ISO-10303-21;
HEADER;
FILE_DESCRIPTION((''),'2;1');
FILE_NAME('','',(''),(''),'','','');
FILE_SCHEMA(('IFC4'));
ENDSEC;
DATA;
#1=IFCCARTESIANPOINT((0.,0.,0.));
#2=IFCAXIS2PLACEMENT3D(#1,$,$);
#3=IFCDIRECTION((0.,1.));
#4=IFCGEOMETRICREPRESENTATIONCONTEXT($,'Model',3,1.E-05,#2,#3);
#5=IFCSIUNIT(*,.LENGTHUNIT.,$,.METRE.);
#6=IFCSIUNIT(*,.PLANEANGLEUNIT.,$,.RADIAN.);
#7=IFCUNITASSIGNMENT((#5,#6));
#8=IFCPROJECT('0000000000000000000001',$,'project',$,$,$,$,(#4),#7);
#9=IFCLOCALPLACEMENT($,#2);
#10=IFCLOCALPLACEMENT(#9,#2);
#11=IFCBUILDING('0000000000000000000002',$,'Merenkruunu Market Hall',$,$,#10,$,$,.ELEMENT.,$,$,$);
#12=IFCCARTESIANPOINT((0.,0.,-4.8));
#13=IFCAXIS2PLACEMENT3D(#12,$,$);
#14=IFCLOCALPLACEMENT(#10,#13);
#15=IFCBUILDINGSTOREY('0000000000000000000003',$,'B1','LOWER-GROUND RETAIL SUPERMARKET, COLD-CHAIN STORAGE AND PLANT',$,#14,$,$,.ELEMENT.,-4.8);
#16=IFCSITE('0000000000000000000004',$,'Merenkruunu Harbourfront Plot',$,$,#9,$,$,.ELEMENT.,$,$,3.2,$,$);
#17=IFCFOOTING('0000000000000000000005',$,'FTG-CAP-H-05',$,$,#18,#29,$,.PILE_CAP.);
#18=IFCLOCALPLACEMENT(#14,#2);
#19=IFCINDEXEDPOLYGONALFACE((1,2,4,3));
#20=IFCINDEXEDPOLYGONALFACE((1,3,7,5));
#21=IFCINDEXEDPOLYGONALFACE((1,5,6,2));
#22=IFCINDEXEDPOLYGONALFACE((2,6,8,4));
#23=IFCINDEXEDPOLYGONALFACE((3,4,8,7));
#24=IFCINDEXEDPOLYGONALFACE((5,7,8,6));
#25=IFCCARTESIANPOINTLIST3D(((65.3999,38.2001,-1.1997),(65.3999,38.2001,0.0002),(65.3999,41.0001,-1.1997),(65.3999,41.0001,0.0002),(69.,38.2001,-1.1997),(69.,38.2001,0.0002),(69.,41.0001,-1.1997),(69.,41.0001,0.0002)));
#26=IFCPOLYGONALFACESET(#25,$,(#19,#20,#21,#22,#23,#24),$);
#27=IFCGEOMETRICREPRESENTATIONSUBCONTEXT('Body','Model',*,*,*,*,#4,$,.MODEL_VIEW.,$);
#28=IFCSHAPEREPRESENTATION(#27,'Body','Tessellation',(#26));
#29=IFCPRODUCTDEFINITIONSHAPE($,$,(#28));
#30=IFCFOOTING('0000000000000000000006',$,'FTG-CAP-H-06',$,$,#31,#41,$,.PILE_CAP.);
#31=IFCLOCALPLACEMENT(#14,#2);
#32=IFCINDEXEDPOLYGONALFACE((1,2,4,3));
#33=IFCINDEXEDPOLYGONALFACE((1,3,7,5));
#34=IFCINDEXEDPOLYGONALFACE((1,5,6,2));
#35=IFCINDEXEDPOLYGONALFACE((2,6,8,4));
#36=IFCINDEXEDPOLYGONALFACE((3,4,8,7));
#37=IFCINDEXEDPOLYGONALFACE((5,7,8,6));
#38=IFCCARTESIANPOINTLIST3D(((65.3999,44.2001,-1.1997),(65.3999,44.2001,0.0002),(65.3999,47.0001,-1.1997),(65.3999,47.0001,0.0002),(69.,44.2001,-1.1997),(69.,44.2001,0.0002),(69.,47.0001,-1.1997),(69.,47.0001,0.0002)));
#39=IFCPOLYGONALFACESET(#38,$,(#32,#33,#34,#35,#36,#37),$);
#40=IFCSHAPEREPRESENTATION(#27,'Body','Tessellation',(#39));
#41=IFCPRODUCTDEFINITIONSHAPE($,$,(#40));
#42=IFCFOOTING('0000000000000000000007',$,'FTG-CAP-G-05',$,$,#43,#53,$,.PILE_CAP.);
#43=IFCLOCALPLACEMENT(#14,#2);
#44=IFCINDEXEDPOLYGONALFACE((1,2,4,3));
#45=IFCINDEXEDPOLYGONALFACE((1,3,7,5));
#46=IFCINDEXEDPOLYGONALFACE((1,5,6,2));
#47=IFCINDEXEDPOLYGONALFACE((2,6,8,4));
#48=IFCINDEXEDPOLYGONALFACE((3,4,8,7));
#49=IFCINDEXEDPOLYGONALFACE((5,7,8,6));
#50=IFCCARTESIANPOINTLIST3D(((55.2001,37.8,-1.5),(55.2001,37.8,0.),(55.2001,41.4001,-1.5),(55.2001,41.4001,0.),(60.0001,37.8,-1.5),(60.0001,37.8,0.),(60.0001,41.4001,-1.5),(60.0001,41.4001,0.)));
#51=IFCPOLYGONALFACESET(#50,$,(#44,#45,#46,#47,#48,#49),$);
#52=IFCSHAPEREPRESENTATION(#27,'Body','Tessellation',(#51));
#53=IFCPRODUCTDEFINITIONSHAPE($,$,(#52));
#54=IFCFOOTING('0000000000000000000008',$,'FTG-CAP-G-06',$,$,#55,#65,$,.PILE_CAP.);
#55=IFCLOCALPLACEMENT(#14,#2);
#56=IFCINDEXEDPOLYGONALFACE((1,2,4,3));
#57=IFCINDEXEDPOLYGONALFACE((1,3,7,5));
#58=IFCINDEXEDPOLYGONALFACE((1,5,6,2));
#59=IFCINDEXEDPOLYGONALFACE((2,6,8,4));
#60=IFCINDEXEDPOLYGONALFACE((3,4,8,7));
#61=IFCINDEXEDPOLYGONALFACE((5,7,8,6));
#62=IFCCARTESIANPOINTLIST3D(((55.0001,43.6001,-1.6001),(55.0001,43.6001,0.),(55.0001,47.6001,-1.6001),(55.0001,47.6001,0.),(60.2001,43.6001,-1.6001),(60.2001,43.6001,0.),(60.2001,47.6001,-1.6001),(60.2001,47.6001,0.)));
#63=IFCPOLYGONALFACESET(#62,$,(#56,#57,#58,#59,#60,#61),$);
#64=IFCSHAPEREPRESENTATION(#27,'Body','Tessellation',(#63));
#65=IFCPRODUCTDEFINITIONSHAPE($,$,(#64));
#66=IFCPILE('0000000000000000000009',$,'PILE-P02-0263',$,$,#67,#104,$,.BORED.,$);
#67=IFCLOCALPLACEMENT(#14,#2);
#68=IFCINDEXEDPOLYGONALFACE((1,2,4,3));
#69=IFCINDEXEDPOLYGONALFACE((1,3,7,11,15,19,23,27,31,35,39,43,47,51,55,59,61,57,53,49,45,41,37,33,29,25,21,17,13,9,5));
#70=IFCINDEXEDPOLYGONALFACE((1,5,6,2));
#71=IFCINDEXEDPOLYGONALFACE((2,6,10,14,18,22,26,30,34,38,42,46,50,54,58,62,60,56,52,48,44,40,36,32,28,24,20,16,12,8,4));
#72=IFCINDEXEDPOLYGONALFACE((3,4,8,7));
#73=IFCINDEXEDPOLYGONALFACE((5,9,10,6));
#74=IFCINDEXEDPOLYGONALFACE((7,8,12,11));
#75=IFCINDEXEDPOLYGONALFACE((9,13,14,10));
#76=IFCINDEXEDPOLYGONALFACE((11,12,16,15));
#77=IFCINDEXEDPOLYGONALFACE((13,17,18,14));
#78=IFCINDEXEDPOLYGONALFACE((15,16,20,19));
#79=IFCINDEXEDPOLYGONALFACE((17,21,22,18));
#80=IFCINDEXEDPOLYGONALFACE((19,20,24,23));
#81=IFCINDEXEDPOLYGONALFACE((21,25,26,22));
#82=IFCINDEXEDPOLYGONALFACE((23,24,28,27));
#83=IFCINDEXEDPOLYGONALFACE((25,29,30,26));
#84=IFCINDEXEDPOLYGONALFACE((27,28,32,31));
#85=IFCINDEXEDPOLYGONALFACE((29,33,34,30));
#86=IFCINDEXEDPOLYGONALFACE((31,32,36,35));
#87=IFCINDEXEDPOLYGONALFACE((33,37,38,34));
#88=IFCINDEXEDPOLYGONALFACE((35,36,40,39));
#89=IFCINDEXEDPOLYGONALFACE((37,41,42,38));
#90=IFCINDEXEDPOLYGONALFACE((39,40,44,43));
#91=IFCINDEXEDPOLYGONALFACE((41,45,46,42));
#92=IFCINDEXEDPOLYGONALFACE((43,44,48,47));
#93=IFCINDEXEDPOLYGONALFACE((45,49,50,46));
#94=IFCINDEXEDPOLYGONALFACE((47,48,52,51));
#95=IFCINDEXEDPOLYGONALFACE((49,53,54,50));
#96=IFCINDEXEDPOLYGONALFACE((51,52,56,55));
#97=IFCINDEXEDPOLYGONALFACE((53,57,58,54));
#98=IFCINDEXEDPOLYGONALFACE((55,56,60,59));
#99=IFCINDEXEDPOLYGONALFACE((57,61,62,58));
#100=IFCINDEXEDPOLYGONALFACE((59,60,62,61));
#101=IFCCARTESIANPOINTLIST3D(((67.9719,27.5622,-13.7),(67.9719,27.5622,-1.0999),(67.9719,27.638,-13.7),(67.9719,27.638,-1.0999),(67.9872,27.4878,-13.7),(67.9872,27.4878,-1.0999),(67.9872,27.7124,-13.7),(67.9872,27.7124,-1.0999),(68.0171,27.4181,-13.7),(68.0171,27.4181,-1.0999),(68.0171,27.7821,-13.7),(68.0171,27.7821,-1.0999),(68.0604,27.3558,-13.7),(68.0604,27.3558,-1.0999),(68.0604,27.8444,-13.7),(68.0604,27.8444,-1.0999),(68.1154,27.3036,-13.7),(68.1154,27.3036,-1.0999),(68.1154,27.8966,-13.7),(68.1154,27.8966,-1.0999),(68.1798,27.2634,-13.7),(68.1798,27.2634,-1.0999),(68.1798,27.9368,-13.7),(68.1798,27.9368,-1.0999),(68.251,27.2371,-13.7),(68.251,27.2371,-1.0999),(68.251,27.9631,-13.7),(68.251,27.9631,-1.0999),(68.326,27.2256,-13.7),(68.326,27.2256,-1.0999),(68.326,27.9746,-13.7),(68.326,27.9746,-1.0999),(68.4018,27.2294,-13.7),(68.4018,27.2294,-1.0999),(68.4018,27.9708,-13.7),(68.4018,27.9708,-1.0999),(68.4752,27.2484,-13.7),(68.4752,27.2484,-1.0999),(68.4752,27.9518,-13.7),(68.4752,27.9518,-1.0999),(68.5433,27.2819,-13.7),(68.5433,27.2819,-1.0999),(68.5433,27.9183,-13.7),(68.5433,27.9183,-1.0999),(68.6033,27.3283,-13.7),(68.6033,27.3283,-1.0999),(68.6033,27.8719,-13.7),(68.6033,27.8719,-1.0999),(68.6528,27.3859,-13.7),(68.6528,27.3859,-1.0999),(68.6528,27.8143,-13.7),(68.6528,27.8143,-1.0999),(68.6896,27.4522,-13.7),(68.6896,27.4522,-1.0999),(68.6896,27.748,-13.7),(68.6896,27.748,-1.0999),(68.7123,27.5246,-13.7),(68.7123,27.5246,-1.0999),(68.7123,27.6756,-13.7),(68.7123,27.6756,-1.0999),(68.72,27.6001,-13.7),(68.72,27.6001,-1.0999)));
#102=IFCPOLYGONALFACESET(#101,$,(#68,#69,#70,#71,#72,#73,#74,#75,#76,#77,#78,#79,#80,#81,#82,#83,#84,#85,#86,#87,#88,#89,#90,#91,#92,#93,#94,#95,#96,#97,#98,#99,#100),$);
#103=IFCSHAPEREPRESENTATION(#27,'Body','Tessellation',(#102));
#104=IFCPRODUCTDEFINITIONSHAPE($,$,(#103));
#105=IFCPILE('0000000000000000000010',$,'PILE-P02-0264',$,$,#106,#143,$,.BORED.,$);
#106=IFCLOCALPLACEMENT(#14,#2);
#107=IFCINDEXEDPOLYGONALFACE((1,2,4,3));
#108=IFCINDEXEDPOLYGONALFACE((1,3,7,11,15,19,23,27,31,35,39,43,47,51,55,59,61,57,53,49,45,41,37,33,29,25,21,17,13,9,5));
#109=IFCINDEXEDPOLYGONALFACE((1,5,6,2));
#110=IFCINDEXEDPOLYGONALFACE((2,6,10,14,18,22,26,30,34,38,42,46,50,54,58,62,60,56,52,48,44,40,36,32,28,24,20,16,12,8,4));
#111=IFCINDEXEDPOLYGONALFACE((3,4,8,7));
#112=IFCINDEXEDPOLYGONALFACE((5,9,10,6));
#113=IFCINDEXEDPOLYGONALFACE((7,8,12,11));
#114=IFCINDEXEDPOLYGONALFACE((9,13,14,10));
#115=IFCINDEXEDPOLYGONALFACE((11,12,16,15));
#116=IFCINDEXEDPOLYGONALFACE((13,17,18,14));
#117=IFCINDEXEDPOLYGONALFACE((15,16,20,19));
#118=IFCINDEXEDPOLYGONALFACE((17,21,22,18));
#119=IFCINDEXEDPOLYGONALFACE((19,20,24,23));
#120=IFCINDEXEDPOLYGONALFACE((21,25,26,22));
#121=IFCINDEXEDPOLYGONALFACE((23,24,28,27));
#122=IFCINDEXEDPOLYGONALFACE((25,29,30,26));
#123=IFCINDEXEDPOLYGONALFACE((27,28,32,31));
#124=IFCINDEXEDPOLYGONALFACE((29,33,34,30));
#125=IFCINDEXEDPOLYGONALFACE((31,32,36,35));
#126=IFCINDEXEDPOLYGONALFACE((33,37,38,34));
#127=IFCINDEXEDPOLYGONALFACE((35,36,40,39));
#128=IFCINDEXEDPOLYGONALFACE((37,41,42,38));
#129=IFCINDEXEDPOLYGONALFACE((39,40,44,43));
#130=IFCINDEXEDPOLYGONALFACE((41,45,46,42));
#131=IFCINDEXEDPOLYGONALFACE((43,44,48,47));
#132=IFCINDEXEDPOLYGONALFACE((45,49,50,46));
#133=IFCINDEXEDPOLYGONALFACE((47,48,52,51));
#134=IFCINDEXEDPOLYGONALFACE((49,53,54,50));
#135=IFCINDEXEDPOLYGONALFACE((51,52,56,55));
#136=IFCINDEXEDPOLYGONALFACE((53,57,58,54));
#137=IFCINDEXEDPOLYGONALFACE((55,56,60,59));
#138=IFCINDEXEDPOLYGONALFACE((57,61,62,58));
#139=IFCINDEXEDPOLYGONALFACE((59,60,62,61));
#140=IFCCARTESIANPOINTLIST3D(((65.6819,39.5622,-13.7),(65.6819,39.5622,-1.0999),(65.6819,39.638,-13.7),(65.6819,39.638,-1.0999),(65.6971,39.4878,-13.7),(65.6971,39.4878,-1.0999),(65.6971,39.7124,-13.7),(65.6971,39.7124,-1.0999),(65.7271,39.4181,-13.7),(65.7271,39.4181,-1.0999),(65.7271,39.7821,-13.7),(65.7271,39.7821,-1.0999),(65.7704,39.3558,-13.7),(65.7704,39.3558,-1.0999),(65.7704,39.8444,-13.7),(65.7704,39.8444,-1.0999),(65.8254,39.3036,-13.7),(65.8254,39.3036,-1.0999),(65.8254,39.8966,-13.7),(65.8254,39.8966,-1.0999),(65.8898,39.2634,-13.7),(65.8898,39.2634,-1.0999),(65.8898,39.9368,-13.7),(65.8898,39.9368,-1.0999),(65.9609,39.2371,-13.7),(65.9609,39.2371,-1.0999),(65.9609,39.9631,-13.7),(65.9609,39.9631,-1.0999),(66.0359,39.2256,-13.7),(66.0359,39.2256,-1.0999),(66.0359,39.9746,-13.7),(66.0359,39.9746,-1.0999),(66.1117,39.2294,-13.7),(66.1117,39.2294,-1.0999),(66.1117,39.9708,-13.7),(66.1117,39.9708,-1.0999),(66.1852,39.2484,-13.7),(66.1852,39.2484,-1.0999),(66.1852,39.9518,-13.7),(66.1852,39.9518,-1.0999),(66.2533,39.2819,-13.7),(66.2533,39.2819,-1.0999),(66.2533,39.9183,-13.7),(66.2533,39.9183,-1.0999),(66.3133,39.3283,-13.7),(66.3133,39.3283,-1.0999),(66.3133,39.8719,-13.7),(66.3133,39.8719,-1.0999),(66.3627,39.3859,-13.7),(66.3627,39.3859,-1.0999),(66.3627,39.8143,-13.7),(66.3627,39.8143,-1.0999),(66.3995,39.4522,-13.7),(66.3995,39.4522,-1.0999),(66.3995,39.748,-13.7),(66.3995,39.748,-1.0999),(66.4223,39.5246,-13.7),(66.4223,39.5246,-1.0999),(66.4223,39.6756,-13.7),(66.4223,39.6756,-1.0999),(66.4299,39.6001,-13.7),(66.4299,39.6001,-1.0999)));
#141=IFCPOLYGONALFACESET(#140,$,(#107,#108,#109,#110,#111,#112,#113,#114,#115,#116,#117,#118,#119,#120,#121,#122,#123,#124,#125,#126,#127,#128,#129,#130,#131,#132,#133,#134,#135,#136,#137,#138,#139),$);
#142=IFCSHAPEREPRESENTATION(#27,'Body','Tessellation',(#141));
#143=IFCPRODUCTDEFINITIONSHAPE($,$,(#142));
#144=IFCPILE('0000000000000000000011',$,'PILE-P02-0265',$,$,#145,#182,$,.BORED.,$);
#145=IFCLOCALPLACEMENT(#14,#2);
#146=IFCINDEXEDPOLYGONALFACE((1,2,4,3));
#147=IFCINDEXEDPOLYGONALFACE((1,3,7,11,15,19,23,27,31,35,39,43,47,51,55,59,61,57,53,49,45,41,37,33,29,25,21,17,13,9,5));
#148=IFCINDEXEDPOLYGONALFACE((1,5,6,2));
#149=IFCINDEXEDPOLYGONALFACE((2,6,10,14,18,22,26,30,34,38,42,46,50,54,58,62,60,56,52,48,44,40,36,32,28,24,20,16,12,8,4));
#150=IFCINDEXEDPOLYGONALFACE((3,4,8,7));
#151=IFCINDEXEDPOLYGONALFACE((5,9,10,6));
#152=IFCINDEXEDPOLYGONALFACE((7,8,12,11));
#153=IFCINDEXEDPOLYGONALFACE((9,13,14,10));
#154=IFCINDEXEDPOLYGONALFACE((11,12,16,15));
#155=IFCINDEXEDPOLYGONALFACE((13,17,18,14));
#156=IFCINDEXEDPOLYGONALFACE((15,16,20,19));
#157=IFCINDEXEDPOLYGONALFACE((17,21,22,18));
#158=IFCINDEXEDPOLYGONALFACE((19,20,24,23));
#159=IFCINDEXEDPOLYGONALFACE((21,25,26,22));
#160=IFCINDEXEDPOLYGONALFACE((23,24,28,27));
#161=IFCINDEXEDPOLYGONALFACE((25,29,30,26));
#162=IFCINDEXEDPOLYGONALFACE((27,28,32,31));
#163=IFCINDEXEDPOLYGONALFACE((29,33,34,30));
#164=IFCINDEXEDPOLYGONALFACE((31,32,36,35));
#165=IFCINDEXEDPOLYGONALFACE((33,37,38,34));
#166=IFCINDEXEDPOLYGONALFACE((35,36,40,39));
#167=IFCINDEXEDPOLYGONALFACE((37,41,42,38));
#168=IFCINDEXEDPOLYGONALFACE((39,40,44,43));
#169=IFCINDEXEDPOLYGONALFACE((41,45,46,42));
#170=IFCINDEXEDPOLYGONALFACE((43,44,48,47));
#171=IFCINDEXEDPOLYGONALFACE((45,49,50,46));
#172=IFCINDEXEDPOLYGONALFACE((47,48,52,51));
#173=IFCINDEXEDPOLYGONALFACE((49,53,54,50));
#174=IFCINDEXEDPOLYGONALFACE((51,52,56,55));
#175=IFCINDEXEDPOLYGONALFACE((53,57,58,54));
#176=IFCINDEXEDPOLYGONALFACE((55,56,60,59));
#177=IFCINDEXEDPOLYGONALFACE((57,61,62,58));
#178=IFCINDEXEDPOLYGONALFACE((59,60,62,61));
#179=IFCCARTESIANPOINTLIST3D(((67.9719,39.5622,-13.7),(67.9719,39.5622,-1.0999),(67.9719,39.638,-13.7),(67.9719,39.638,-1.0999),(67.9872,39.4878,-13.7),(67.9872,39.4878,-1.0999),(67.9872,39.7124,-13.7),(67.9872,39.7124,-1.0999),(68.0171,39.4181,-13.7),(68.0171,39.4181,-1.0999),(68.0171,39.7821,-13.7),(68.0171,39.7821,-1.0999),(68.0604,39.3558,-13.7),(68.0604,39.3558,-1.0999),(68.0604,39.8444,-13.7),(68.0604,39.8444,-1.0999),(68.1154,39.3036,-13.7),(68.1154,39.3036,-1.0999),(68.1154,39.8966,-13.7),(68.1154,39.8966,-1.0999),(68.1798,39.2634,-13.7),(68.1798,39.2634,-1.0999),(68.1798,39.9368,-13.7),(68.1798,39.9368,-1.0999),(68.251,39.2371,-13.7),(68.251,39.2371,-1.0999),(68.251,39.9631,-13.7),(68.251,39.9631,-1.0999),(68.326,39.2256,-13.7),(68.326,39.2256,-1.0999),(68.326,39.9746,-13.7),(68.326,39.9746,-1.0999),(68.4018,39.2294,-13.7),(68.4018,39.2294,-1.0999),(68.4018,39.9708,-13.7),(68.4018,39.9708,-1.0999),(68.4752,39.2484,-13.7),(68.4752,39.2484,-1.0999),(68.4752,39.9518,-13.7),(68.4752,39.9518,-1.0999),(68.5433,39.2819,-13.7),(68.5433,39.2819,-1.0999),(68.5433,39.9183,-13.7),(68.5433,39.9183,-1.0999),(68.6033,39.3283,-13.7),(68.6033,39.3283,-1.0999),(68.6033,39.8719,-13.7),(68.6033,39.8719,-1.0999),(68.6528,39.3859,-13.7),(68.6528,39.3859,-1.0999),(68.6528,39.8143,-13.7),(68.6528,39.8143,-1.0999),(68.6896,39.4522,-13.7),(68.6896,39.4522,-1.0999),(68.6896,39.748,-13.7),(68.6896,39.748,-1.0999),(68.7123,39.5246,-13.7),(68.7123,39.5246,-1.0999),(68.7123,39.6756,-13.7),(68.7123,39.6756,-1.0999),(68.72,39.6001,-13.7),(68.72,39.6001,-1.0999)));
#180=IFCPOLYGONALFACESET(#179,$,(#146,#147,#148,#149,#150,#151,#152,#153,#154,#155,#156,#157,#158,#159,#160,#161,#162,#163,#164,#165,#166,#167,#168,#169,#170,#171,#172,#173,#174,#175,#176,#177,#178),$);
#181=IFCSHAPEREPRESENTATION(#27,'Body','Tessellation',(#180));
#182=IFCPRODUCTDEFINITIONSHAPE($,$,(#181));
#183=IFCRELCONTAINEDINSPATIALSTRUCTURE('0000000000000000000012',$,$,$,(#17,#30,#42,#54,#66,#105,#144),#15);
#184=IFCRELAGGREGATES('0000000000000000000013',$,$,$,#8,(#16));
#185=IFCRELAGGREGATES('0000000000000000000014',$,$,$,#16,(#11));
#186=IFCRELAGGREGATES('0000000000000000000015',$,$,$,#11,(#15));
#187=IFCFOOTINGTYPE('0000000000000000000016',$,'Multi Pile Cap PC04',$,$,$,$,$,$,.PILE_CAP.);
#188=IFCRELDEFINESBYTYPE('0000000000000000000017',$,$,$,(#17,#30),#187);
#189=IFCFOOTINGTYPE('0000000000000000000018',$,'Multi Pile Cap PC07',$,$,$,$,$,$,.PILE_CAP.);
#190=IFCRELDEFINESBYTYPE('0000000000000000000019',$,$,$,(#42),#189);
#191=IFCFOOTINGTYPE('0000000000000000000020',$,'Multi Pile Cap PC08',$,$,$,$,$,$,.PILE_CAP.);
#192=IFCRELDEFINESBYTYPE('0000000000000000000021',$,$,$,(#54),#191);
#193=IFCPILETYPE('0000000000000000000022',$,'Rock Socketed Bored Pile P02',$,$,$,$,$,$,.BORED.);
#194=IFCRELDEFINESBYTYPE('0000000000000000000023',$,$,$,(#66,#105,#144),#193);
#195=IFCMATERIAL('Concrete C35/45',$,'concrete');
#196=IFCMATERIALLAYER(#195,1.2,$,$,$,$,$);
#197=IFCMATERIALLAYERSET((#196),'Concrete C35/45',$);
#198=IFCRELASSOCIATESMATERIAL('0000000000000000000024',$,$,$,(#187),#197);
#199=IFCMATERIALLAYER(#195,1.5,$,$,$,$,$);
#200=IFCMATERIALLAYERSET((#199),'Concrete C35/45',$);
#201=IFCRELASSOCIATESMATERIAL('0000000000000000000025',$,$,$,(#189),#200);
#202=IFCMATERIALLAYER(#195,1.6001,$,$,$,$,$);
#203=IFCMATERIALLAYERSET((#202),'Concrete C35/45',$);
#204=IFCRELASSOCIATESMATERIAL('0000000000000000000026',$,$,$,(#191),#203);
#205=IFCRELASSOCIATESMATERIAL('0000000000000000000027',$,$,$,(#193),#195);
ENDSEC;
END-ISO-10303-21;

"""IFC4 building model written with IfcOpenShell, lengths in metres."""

from ifc_helpers import new_model, si_unit, direction, frame, origin, origin_2d, place, context, subcontext, project, spatial, rectangle, circle, extrude, material, layer, layer_set, material_profile, profile_set, type_object, element, save


model = new_model("IFC4")

# Units and contexts
model_context = context("Model", 3, precision=1e-05, world=origin(), true_north=direction((0.0, 1.0)))
body_context = subcontext(model_context, "Body", "Model", "MODEL_VIEW")
ifc_project = project(units=[si_unit("LENGTHUNIT", "METRE"), si_unit("PLANEANGLEUNIT", "RADIAN")], contexts=[model_context])

# Site, building, storey
site_placement = place(None, origin())
site = spatial("IfcSite", under=ifc_project, at=site_placement, Name="Merenkruunu Harbourfront Plot", CompositionType="ELEMENT", RefElevation=3.2)
building_placement = place(site_placement, origin())
building = spatial("IfcBuilding", under=site, at=building_placement, Name="Merenkruunu Market Hall", CompositionType="ELEMENT")
storey_placement = place(building_placement, frame((0.0, 0.0, -4.8)))
storey = spatial("IfcBuildingStorey", under=building, at=storey_placement, Name="B1", Description="LOWER-GROUND RETAIL SUPERMARKET, COLD-CHAIN STORAGE AND PLANT", CompositionType="ELEMENT", Elevation=-4.8)

# Footings
ifc_material_1 = material(Name="Concrete C35/45", Category="concrete")
ifc_layer_1 = layer(ifc_material_1, 1.2)
ifc_layer_set_1 = layer_set([ifc_layer_1], Name="Concrete C35/45")
footing_type_1 = type_object("IfcFootingType", Name="Multi Pile Cap PC04", PredefinedType="PILE_CAP", material=ifc_layer_set_1)
for number, where, z_axis, x_axis, name in (
    (1, (67.2, 39.6001, -1.1997), (0.0, 0.0, 1.0), (1.0, 0.0, 0.0), "FTG-CAP-H-05"),
    (2, (67.2, 45.6001, -1.1997), (0.0, 0.0, 1.0), (1.0, 0.0, 0.0), "FTG-CAP-H-06"),
):
    element("IfcFooting", number, at=place(storey_placement, frame(where, z_axis=z_axis, x_axis=x_axis)), inside=storey, type_object=footing_type_1, Name=name, PredefinedType="PILE_CAP", context=body_context, shape_type="SweptSolid", body=[
        extrude(rectangle(XDim=3.6001, YDim=2.8, at=origin_2d()), origin(), (0.0, 0.0, 1.0), 1.2),
    ])
ifc_layer_2 = layer(ifc_material_1, 1.5)
ifc_layer_set_2 = layer_set([ifc_layer_2], Name="Concrete C35/45")
footing_type_2 = type_object("IfcFootingType", Name="Multi Pile Cap PC07", PredefinedType="PILE_CAP", material=ifc_layer_set_2)
footing_1_placement = place(storey_placement, frame((57.6001, 39.6001, -1.5), z_axis=(0.0, 0.0, 1.0), x_axis=(1.0, 0.0, 0.0)))
element("IfcFooting", 3, at=footing_1_placement, inside=storey, type_object=footing_type_2, Name="FTG-CAP-G-05", PredefinedType="PILE_CAP", context=body_context, shape_type="SweptSolid", body=[
    extrude(rectangle(XDim=4.8, YDim=3.6001, at=origin_2d()), origin(), (0.0, 0.0, 1.0), 1.5),
])
ifc_layer_3 = layer(ifc_material_1, 1.6001)
ifc_layer_set_3 = layer_set([ifc_layer_3], Name="Concrete C35/45")
footing_type_3 = type_object("IfcFootingType", Name="Multi Pile Cap PC08", PredefinedType="PILE_CAP", material=ifc_layer_set_3)
footing_2_placement = place(storey_placement, frame((57.6001, 45.6001, -1.6001), z_axis=(0.0, 0.0, 1.0), x_axis=(1.0, 0.0, 0.0)))
element("IfcFooting", 4, at=footing_2_placement, inside=storey, type_object=footing_type_3, Name="FTG-CAP-G-06", PredefinedType="PILE_CAP", context=body_context, shape_type="SweptSolid", body=[
    extrude(rectangle(XDim=5.2, YDim=4.0, at=origin_2d()), origin(), (0.0, 0.0, 1.0), 1.6001),
])

# Piles
ifc_material_profile_1 = material_profile(ifc_material_1, circle(Radius=0.375, at=origin_2d()), Name="BORED PILE 750")
ifc_profile_set_1 = profile_set([ifc_material_profile_1], Name="Concrete C35/45")
pile_type_1 = type_object("IfcPileType", Name="Rock Socketed Bored Pile P02", PredefinedType="BORED", material=ifc_profile_set_1)
for number, where, z_axis, x_axis, name in (
    (5, (68.345, 27.6001, -1.0999), (0.0, 0.0, -1.0), (1.0, 0.0, 0.0), "PILE-P02-0263"),
    (6, (66.0549, 39.6001, -1.0999), (0.0, 0.0, -1.0), (1.0, 0.0, 0.0), "PILE-P02-0264"),
    (7, (68.345, 39.6001, -1.0999), (0.0, 0.0, -1.0), (1.0, 0.0, 0.0), "PILE-P02-0265"),
):
    element("IfcPile", number, at=place(storey_placement, frame(where, z_axis=z_axis, x_axis=x_axis)), inside=storey, type_object=pile_type_1, Name=name, PredefinedType="BORED", context=body_context, shape_type="SweptSolid", body=[
        extrude(circle(Radius=0.375, at=origin_2d()), origin(), (0.0, 0.0, 1.0), 12.6001),
    ])

save(model, "model.ifc")
